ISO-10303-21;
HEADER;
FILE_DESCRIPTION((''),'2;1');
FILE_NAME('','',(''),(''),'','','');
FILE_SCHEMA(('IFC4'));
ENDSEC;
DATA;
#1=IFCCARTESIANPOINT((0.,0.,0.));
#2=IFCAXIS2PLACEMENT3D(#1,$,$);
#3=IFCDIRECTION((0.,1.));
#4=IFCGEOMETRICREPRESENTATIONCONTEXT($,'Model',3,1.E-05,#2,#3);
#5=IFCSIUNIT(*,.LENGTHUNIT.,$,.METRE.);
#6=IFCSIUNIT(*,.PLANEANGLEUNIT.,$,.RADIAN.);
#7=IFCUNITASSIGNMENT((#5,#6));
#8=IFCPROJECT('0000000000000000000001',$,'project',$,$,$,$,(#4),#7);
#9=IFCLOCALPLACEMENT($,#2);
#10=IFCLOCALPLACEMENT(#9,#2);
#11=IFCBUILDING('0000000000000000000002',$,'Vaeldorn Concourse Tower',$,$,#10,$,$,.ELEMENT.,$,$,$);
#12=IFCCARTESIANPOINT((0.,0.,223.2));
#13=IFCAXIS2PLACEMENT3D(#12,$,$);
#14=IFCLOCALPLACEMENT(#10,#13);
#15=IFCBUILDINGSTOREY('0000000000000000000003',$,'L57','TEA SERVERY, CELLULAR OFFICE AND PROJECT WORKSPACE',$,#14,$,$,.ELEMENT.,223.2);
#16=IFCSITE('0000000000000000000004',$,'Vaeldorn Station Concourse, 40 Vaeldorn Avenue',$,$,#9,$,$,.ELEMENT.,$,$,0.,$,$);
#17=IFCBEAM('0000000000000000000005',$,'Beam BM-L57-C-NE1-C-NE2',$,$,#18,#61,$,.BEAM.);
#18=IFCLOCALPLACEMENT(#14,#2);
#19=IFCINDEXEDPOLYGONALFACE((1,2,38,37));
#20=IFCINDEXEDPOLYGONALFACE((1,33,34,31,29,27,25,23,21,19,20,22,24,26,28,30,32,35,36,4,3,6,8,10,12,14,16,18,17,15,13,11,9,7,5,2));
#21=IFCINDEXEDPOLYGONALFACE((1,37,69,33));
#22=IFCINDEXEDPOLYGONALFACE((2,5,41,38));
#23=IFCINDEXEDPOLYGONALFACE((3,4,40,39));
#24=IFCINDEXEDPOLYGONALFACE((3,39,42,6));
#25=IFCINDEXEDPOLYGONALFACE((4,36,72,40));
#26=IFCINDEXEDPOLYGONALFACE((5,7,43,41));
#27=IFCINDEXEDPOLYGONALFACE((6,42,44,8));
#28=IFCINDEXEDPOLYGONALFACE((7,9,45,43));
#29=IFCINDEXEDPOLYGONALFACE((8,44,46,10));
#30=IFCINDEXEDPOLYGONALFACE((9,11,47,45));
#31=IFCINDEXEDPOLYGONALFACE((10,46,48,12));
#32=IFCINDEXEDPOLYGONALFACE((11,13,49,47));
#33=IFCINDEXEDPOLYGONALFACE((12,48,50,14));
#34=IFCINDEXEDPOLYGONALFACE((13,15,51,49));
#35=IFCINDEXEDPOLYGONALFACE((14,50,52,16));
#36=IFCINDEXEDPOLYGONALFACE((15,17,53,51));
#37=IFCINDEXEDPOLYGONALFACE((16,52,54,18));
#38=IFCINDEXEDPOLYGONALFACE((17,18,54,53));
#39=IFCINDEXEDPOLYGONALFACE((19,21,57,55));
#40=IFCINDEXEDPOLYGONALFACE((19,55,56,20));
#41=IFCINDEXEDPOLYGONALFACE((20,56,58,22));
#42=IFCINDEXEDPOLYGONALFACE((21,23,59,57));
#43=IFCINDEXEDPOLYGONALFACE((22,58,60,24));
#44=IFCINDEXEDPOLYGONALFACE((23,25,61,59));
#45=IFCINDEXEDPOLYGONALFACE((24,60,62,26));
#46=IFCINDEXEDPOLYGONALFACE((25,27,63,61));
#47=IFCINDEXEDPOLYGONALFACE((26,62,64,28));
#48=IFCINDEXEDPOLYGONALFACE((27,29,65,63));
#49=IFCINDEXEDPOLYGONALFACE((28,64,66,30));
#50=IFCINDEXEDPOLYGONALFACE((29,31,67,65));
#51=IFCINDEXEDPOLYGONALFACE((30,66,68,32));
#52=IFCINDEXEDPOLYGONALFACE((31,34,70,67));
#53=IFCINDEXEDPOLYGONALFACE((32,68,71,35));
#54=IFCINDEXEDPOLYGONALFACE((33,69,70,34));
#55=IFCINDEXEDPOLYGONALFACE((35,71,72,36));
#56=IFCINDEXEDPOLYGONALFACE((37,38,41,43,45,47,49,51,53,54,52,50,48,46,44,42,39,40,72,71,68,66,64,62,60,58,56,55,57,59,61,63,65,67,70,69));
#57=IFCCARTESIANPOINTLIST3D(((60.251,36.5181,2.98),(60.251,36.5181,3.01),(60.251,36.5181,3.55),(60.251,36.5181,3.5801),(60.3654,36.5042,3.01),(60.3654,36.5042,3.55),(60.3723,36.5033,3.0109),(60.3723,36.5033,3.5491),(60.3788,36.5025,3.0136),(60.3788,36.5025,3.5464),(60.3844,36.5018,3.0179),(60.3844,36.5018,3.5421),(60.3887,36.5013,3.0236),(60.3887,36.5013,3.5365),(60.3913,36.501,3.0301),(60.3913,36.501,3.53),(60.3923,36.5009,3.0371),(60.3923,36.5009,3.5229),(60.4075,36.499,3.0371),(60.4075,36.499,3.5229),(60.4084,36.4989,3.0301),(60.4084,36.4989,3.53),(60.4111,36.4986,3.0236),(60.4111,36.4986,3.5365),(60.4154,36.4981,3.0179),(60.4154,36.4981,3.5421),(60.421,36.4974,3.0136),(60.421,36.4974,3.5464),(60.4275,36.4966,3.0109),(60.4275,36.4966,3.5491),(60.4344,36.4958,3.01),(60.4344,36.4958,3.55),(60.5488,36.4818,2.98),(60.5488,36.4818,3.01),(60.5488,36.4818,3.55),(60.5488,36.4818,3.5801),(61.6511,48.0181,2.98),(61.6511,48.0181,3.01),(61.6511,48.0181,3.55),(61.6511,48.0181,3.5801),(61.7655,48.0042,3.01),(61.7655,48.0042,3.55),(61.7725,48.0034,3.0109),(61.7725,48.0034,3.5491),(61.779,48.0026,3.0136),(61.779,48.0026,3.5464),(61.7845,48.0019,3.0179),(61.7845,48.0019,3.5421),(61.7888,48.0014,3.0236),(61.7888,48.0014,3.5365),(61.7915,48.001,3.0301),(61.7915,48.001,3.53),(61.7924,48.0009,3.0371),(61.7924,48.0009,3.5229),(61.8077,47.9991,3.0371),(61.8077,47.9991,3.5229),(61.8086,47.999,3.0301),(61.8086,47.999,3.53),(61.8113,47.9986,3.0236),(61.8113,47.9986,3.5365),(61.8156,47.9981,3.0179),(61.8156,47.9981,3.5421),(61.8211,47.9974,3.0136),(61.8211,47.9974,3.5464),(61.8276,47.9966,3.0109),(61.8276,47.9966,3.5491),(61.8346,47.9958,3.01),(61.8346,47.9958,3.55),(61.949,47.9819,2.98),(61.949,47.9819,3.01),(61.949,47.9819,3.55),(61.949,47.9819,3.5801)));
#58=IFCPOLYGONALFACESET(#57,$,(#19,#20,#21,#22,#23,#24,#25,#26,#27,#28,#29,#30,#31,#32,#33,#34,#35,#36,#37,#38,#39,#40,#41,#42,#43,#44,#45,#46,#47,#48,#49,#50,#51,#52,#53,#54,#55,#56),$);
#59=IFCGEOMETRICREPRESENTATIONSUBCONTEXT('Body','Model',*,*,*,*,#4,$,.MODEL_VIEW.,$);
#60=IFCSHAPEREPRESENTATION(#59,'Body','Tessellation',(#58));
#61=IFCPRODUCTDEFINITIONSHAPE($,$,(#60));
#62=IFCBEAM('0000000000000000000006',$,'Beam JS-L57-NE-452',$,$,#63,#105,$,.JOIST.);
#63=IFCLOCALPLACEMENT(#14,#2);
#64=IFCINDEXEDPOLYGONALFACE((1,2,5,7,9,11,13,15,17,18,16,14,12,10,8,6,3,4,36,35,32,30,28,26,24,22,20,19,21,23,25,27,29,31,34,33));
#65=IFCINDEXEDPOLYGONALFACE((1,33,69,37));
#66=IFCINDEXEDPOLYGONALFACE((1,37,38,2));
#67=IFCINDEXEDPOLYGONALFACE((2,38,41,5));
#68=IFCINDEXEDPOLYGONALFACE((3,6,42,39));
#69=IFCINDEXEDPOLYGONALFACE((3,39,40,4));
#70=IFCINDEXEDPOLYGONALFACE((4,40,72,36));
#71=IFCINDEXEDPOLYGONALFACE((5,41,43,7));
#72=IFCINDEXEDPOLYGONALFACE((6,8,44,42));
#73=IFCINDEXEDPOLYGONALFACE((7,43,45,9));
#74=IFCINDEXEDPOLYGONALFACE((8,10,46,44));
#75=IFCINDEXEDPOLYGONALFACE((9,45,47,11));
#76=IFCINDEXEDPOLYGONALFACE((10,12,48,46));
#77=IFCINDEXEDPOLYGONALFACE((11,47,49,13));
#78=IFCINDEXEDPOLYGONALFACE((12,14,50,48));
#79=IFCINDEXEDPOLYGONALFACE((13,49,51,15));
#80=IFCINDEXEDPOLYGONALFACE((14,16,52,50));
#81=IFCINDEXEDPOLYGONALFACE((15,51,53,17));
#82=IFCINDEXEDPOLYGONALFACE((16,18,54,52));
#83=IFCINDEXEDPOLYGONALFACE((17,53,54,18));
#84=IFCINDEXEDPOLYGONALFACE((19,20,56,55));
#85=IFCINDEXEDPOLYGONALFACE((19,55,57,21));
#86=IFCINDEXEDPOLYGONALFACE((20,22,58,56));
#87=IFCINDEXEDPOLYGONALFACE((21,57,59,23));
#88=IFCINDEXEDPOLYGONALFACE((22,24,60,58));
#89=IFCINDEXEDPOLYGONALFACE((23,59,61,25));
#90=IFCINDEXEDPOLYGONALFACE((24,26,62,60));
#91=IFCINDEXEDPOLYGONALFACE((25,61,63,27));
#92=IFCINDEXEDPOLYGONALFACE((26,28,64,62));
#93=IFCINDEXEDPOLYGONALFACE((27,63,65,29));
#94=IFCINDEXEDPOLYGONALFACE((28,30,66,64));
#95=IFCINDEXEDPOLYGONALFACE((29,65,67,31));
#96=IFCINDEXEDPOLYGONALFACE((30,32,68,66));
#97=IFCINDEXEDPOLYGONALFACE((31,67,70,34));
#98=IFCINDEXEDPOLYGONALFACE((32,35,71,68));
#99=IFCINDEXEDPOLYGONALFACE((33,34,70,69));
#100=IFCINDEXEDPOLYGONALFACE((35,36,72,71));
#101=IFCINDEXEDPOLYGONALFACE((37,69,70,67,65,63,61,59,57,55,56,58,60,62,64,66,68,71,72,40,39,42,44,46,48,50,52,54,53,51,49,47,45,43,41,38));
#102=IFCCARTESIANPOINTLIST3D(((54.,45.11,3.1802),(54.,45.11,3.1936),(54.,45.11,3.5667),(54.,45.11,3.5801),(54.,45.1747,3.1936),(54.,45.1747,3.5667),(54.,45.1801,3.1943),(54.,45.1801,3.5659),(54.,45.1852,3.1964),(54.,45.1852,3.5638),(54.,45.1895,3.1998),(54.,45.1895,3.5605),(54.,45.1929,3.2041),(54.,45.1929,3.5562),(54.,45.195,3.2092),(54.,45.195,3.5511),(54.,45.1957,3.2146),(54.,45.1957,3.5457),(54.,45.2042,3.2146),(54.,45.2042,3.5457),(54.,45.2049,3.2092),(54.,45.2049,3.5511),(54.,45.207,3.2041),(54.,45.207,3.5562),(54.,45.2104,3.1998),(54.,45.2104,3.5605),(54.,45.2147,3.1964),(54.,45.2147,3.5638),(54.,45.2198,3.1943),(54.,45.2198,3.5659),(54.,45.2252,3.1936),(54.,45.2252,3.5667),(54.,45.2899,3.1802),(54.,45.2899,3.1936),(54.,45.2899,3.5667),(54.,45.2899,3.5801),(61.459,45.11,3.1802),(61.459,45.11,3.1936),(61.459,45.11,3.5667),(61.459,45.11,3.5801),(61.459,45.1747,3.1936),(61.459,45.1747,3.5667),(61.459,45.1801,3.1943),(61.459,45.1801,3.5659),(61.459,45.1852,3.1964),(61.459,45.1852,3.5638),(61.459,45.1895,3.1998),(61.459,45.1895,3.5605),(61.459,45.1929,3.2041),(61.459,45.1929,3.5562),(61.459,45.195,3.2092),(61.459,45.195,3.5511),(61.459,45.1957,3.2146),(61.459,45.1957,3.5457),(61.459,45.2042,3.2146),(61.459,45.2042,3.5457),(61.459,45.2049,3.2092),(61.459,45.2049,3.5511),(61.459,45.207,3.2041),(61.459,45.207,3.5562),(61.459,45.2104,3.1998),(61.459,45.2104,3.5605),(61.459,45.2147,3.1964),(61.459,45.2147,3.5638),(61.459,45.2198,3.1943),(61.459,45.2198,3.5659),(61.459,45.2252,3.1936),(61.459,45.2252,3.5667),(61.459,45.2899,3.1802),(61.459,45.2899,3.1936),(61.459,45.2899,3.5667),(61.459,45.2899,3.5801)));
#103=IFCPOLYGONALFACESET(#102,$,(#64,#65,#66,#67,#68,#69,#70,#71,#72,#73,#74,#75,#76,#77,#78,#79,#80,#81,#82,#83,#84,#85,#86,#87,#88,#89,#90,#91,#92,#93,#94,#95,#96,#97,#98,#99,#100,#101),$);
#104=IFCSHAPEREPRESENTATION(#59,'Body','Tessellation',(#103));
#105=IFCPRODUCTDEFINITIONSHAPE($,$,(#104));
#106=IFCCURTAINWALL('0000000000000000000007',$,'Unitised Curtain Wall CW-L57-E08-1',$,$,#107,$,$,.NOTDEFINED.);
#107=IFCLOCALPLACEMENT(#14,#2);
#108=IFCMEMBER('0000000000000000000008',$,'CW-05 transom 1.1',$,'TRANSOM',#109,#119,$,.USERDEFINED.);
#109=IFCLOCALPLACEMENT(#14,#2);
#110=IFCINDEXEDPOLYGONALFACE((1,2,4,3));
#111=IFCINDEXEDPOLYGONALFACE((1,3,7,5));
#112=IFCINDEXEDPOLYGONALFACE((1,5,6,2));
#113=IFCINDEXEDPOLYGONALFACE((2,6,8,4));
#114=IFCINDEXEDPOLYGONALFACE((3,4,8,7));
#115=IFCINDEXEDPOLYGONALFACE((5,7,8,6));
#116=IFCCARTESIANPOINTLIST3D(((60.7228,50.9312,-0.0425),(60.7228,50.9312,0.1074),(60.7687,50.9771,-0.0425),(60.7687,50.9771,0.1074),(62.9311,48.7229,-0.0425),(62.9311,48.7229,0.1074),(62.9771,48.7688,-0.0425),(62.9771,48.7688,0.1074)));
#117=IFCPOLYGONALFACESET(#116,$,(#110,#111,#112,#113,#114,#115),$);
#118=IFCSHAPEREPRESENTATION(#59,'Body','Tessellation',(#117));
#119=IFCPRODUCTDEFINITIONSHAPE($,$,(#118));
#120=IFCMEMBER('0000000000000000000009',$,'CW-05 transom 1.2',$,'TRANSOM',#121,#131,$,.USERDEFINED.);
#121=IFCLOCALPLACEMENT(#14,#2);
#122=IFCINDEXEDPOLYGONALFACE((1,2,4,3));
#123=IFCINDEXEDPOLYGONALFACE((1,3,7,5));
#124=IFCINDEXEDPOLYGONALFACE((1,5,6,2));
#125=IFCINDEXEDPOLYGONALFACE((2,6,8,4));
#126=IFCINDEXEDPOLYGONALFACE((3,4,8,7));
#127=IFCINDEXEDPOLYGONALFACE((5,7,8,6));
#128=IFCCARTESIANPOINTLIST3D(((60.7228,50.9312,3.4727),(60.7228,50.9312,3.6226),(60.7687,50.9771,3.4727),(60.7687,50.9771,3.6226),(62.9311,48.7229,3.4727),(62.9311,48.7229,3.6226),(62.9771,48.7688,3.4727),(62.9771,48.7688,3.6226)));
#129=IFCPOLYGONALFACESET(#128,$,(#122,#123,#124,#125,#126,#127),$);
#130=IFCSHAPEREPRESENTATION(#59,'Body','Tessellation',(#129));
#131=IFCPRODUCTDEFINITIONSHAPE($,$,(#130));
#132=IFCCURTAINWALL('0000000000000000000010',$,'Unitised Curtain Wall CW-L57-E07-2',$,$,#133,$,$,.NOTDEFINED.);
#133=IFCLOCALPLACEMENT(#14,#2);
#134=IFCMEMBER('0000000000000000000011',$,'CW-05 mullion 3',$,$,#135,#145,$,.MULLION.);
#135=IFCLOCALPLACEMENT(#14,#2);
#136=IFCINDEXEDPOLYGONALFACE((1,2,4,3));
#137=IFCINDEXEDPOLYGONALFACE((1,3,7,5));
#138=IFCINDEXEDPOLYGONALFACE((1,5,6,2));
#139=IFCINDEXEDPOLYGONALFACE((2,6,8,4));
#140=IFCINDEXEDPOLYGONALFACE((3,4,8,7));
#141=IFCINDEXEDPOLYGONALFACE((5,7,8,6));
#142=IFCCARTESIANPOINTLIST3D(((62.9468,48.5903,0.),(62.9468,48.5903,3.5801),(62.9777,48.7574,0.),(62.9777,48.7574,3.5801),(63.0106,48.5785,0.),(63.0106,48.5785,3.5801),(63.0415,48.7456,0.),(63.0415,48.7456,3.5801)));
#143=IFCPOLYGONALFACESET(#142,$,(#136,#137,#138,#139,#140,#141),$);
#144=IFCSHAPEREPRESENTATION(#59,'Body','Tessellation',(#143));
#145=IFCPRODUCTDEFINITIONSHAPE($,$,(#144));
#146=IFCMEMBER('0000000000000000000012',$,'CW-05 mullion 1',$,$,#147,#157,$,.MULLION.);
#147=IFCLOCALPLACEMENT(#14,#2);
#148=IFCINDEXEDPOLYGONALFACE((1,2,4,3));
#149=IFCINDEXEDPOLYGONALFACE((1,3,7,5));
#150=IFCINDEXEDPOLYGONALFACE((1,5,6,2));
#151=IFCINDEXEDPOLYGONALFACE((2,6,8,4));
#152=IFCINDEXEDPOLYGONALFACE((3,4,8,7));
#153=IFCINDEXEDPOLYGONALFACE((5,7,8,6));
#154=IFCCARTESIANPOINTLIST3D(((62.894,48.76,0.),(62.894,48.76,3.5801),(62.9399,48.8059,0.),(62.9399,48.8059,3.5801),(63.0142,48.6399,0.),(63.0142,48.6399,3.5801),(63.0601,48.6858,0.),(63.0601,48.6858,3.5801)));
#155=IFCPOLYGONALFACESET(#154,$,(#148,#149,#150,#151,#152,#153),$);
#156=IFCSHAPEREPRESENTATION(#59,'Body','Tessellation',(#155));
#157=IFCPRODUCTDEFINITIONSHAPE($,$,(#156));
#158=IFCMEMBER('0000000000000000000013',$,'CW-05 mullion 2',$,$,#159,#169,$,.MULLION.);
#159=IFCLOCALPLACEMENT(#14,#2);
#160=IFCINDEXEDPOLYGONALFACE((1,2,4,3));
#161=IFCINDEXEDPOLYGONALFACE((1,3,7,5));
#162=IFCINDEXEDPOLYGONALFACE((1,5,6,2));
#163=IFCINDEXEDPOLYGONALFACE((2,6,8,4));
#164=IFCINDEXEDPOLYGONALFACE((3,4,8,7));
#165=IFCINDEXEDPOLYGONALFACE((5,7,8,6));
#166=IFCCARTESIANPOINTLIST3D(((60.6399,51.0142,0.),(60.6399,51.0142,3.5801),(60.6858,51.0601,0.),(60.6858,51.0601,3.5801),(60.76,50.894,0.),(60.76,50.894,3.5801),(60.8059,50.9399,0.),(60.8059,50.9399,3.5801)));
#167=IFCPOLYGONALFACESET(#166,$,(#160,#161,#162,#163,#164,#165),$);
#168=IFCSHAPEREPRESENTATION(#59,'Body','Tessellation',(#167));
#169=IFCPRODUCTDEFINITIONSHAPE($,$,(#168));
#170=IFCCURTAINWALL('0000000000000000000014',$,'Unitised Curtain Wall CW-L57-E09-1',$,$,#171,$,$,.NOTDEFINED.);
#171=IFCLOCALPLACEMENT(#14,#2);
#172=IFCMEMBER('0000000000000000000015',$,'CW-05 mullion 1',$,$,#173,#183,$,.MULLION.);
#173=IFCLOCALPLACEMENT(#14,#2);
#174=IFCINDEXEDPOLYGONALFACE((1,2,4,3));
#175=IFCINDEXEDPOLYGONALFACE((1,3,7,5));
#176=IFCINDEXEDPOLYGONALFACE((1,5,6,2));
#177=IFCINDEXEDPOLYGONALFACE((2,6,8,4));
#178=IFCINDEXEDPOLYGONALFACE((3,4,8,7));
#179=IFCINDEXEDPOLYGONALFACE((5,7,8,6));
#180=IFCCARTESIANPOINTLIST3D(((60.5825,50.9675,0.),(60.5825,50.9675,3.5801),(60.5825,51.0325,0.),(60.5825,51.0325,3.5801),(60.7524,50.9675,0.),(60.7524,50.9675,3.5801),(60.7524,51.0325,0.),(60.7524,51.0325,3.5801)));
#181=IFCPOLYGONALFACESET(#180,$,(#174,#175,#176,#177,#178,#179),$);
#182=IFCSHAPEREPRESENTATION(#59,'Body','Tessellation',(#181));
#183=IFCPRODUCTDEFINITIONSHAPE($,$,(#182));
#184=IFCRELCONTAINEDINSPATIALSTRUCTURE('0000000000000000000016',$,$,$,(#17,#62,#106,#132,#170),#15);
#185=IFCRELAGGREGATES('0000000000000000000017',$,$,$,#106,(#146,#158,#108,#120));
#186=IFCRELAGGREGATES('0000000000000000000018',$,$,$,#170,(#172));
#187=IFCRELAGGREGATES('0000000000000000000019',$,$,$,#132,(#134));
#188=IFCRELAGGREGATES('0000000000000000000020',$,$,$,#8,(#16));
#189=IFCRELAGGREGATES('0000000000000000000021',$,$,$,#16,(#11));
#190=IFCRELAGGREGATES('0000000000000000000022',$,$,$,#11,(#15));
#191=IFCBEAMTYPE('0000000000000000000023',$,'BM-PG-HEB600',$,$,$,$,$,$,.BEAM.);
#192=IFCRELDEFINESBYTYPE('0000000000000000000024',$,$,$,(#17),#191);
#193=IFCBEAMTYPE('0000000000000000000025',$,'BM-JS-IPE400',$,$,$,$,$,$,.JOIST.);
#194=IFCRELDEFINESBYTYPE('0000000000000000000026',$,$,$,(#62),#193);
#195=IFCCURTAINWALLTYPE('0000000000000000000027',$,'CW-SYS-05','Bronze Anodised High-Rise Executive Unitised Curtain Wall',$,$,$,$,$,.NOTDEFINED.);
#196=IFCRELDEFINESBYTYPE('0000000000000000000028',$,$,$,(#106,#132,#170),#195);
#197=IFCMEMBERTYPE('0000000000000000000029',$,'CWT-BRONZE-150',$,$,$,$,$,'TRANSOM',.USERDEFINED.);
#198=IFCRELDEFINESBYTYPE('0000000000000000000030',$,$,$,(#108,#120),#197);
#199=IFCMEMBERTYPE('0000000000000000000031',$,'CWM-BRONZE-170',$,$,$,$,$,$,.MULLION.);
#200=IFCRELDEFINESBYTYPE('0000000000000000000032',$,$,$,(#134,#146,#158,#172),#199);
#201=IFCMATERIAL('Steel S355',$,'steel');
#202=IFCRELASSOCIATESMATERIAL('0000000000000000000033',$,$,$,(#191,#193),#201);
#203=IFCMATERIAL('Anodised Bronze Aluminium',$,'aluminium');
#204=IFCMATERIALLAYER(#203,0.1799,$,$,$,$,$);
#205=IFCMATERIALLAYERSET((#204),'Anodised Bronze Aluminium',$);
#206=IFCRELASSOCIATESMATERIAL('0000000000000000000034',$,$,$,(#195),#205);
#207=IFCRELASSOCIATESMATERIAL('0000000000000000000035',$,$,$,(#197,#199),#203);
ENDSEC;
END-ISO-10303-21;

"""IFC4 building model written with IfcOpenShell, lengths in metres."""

from ifc_helpers import new_model, si_unit, direction, frame, origin, origin_2d, place, context, subcontext, project, spatial, rectangle, i_section, extrude, source, transform, mapped, material, layer, layer_set, material_profile, profile_set, type_object, element, aggregate, save


model = new_model("IFC4")

# Units and contexts
model_context = context("Model", 3, precision=1e-05, world=origin(), true_north=direction((0.0, 1.0)))
body_context = subcontext(model_context, "Body", "Model", "MODEL_VIEW")
ifc_project = project(units=[si_unit("LENGTHUNIT", "METRE"), si_unit("PLANEANGLEUNIT", "RADIAN")], contexts=[model_context])

# Site, building, storey
site_placement = place(None, origin())
site = spatial("IfcSite", under=ifc_project, at=site_placement, Name="Vaeldorn Station Concourse, 40 Vaeldorn Avenue", CompositionType="ELEMENT", RefElevation=0.0)
building_placement = place(site_placement, origin())
building = spatial("IfcBuilding", under=site, at=building_placement, Name="Vaeldorn Concourse Tower", CompositionType="ELEMENT")
storey_placement = place(building_placement, frame((0.0, 0.0, 223.2)))
storey = spatial("IfcBuildingStorey", under=building, at=storey_placement, Name="L57", Description="TEA SERVERY, CELLULAR OFFICE AND PROJECT WORKSPACE", CompositionType="ELEMENT", Elevation=223.2)

# Beams
ifc_material_1 = material(Name="Steel S355", Category="steel")
ifc_material_profile_1 = material_profile(ifc_material_1, i_section(OverallWidth=0.3, OverallDepth=0.6001, WebThickness=0.0154, FlangeThickness=0.03, FilletRadius=0.0271, at=origin_2d()), Name="HEB 600")
ifc_profile_set_1 = profile_set([ifc_material_profile_1], Name="Steel S355")
beam_type_1 = type_object("IfcBeamType", Name="BM-PG-HEB600", PredefinedType="BEAM", material=ifc_profile_set_1)
shared_shape_1 = source(origin(), body_context, "Body", "SweptSolid", [
    extrude(i_section(OverallWidth=0.3, OverallDepth=0.6001, WebThickness=0.0154, FlangeThickness=0.03, FilletRadius=0.0271, at=origin_2d()), origin(), (0.0, 0.0, 1.0), 11.585),
])
beam_1_placement = place(storey_placement, frame((61.8, 48.0, 3.28), z_axis=(-0.120859, -0.99267, 0.0), x_axis=(0.99267, -0.120859, 0.0)))
element("IfcBeam", 1, at=beam_1_placement, inside=storey, type_object=beam_type_1, Name="Beam BM-L57-C-NE1-C-NE2", PredefinedType="BEAM", context=body_context, shape_type="MappedRepresentation", body=[
    mapped(shared_shape_1, transform((0.0, 0.0, 0.0), scale=1.0)),
])
ifc_material_profile_2 = material_profile(ifc_material_1, i_section(OverallWidth=0.1799, OverallDepth=0.3999, WebThickness=0.0085, FlangeThickness=0.0134, FilletRadius=0.021, at=origin_2d()), Name="IPE 400")
ifc_profile_set_2 = profile_set([ifc_material_profile_2], Name="Steel S355")
beam_type_2 = type_object("IfcBeamType", Name="BM-JS-IPE400", PredefinedType="JOIST", material=ifc_profile_set_2)
shared_shape_2 = source(origin(), body_context, "Body", "SweptSolid", [
    extrude(i_section(OverallWidth=0.1799, OverallDepth=0.3999, WebThickness=0.0085, FlangeThickness=0.0134, FilletRadius=0.021, at=origin_2d()), origin(), (0.0, 0.0, 1.0), 7.459),
])
beam_2_placement = place(storey_placement, frame((54.0, 45.2, 3.3801), z_axis=(1.0, 0.0, 0.0), x_axis=(0.0, 1.0, 0.0)))
element("IfcBeam", 2, at=beam_2_placement, inside=storey, type_object=beam_type_2, Name="Beam JS-L57-NE-452", PredefinedType="JOIST", context=body_context, shape_type="MappedRepresentation", body=[
    mapped(shared_shape_2, transform((0.0, 0.0, 0.0), scale=1.0)),
])

# Curtain wall, members
ifc_material_2 = material(Name="Anodised Bronze Aluminium", Category="aluminium")
ifc_layer_1 = layer(ifc_material_2, 0.1799)
ifc_layer_set_1 = layer_set([ifc_layer_1], Name="Anodised Bronze Aluminium")
curtain_wall_type = type_object("IfcCurtainWallType", Name="CW-SYS-05", Description="Bronze Anodised High-Rise Executive Unitised Curtain Wall", PredefinedType="NOTDEFINED", material=ifc_layer_set_1)
curtain_wall_1_placement = place(storey_placement, origin())
curtain_wall_1 = element("IfcCurtainWall", 3, at=curtain_wall_1_placement, inside=storey, type_object=curtain_wall_type, Name="Unitised Curtain Wall CW-L57-E08-1", PredefinedType="NOTDEFINED")
ifc_material_profile_3 = material_profile(ifc_material_2, rectangle(XDim=0.0649, YDim=0.1499, at=origin_2d()), Name="CWT 65x150")
ifc_profile_set_3 = profile_set([ifc_material_profile_3], Name="Anodised Bronze Aluminium")
member_type_1 = type_object("IfcMemberType", Name="CWT-BRONZE-150", ElementType="TRANSOM", PredefinedType="USERDEFINED", material=ifc_profile_set_3)
shared_shape_3 = source(origin(), body_context, "Body", "SweptSolid", [
    extrude(rectangle(XDim=0.0649, YDim=0.1499, at=origin_2d()), origin(), (0.0, 0.0, 1.0), 3.123),
])
member_1_placement = place(storey_placement, frame((62.9541, 48.7458, 0.0325), z_axis=(-0.707107, 0.707107, 0.0), x_axis=(-0.707107, -0.707107, 0.0)))
member_1 = element("IfcMember", 4, at=member_1_placement, type_object=member_type_1, Name="CW-05 transom 1.1", ObjectType="TRANSOM", PredefinedType="USERDEFINED", context=body_context, shape_type="MappedRepresentation", body=[
    mapped(shared_shape_3, transform((0.0, 0.0, 0.0), scale=1.0)),
])
member_2_placement = place(storey_placement, frame((62.9541, 48.7458, 3.5476), z_axis=(-0.707107, 0.707107, 0.0), x_axis=(-0.707107, -0.707107, 0.0)))
member_2 = element("IfcMember", 5, at=member_2_placement, type_object=member_type_1, Name="CW-05 transom 1.2", ObjectType="TRANSOM", PredefinedType="USERDEFINED", context=body_context, shape_type="MappedRepresentation", body=[
    mapped(shared_shape_3, transform((0.0, 0.0, 0.0), scale=1.0)),
])

# Curtain wall, member
curtain_wall_2_placement = place(storey_placement, origin())
curtain_wall_2 = element("IfcCurtainWall", 6, at=curtain_wall_2_placement, inside=storey, type_object=curtain_wall_type, Name="Unitised Curtain Wall CW-L57-E07-2", PredefinedType="NOTDEFINED")
ifc_material_profile_4 = material_profile(ifc_material_2, rectangle(XDim=0.0649, YDim=0.1699, at=origin_2d()), Name="CWM 65x170")
ifc_profile_set_4 = profile_set([ifc_material_profile_4], Name="Anodised Bronze Aluminium")
member_type_2 = type_object("IfcMemberType", Name="CWM-BRONZE-170", PredefinedType="MULLION", material=ifc_profile_set_4)
shared_shape_4 = source(origin(), body_context, "Body", "SweptSolid", [
    extrude(rectangle(XDim=0.0649, YDim=0.1699, at=origin_2d()), origin(), (0.0, 0.0, 1.0), 3.5801),
])
member_3_placement = place(storey_placement, frame((62.9941, 48.668, 0.0), z_axis=(0.0, 0.0, 1.0), x_axis=(-0.983319, 0.181888, 0.0)))
member_3 = element("IfcMember", 7, at=member_3_placement, type_object=member_type_2, Name="CW-05 mullion 3", PredefinedType="MULLION", context=body_context, shape_type="MappedRepresentation", body=[
    mapped(shared_shape_4, transform((0.0, 0.0, 0.0), scale=1.0)),
])

# Members
member_4_placement = place(storey_placement, frame((62.9771, 48.7229, 0.0), z_axis=(0.0, 0.0, 1.0), x_axis=(-0.707107, -0.707107, 0.0)))
member_4 = element("IfcMember", 8, at=member_4_placement, type_object=member_type_2, Name="CW-05 mullion 1", PredefinedType="MULLION", context=body_context, shape_type="MappedRepresentation", body=[
    mapped(shared_shape_4, transform((0.0, 0.0, 0.0), scale=1.0)),
])
member_5_placement = place(storey_placement, frame((60.7229, 50.9771, 0.0), z_axis=(0.0, 0.0, 1.0), x_axis=(-0.707107, -0.707107, 0.0)))
member_5 = element("IfcMember", 9, at=member_5_placement, type_object=member_type_2, Name="CW-05 mullion 2", PredefinedType="MULLION", context=body_context, shape_type="MappedRepresentation", body=[
    mapped(shared_shape_4, transform((0.0, 0.0, 0.0), scale=1.0)),
])

# Curtain wall, member
curtain_wall_3_placement = place(storey_placement, origin())
curtain_wall_3 = element("IfcCurtainWall", 10, at=curtain_wall_3_placement, inside=storey, type_object=curtain_wall_type, Name="Unitised Curtain Wall CW-L57-E09-1", PredefinedType="NOTDEFINED")
member_6_placement = place(storey_placement, frame((60.6675, 51.0, 0.0), z_axis=(0.0, 0.0, 1.0), x_axis=(0.0, -1.0, 0.0)))
member_6 = element("IfcMember", 11, at=member_6_placement, type_object=member_type_2, Name="CW-05 mullion 1", PredefinedType="MULLION", context=body_context, shape_type="MappedRepresentation", body=[
    mapped(shared_shape_4, transform((0.0, 0.0, 0.0), scale=1.0)),
])

aggregate(curtain_wall_1, [member_4, member_5, member_1, member_2])
aggregate(curtain_wall_3, [member_6])
aggregate(curtain_wall_2, [member_3])

save(model, "model.ifc")
